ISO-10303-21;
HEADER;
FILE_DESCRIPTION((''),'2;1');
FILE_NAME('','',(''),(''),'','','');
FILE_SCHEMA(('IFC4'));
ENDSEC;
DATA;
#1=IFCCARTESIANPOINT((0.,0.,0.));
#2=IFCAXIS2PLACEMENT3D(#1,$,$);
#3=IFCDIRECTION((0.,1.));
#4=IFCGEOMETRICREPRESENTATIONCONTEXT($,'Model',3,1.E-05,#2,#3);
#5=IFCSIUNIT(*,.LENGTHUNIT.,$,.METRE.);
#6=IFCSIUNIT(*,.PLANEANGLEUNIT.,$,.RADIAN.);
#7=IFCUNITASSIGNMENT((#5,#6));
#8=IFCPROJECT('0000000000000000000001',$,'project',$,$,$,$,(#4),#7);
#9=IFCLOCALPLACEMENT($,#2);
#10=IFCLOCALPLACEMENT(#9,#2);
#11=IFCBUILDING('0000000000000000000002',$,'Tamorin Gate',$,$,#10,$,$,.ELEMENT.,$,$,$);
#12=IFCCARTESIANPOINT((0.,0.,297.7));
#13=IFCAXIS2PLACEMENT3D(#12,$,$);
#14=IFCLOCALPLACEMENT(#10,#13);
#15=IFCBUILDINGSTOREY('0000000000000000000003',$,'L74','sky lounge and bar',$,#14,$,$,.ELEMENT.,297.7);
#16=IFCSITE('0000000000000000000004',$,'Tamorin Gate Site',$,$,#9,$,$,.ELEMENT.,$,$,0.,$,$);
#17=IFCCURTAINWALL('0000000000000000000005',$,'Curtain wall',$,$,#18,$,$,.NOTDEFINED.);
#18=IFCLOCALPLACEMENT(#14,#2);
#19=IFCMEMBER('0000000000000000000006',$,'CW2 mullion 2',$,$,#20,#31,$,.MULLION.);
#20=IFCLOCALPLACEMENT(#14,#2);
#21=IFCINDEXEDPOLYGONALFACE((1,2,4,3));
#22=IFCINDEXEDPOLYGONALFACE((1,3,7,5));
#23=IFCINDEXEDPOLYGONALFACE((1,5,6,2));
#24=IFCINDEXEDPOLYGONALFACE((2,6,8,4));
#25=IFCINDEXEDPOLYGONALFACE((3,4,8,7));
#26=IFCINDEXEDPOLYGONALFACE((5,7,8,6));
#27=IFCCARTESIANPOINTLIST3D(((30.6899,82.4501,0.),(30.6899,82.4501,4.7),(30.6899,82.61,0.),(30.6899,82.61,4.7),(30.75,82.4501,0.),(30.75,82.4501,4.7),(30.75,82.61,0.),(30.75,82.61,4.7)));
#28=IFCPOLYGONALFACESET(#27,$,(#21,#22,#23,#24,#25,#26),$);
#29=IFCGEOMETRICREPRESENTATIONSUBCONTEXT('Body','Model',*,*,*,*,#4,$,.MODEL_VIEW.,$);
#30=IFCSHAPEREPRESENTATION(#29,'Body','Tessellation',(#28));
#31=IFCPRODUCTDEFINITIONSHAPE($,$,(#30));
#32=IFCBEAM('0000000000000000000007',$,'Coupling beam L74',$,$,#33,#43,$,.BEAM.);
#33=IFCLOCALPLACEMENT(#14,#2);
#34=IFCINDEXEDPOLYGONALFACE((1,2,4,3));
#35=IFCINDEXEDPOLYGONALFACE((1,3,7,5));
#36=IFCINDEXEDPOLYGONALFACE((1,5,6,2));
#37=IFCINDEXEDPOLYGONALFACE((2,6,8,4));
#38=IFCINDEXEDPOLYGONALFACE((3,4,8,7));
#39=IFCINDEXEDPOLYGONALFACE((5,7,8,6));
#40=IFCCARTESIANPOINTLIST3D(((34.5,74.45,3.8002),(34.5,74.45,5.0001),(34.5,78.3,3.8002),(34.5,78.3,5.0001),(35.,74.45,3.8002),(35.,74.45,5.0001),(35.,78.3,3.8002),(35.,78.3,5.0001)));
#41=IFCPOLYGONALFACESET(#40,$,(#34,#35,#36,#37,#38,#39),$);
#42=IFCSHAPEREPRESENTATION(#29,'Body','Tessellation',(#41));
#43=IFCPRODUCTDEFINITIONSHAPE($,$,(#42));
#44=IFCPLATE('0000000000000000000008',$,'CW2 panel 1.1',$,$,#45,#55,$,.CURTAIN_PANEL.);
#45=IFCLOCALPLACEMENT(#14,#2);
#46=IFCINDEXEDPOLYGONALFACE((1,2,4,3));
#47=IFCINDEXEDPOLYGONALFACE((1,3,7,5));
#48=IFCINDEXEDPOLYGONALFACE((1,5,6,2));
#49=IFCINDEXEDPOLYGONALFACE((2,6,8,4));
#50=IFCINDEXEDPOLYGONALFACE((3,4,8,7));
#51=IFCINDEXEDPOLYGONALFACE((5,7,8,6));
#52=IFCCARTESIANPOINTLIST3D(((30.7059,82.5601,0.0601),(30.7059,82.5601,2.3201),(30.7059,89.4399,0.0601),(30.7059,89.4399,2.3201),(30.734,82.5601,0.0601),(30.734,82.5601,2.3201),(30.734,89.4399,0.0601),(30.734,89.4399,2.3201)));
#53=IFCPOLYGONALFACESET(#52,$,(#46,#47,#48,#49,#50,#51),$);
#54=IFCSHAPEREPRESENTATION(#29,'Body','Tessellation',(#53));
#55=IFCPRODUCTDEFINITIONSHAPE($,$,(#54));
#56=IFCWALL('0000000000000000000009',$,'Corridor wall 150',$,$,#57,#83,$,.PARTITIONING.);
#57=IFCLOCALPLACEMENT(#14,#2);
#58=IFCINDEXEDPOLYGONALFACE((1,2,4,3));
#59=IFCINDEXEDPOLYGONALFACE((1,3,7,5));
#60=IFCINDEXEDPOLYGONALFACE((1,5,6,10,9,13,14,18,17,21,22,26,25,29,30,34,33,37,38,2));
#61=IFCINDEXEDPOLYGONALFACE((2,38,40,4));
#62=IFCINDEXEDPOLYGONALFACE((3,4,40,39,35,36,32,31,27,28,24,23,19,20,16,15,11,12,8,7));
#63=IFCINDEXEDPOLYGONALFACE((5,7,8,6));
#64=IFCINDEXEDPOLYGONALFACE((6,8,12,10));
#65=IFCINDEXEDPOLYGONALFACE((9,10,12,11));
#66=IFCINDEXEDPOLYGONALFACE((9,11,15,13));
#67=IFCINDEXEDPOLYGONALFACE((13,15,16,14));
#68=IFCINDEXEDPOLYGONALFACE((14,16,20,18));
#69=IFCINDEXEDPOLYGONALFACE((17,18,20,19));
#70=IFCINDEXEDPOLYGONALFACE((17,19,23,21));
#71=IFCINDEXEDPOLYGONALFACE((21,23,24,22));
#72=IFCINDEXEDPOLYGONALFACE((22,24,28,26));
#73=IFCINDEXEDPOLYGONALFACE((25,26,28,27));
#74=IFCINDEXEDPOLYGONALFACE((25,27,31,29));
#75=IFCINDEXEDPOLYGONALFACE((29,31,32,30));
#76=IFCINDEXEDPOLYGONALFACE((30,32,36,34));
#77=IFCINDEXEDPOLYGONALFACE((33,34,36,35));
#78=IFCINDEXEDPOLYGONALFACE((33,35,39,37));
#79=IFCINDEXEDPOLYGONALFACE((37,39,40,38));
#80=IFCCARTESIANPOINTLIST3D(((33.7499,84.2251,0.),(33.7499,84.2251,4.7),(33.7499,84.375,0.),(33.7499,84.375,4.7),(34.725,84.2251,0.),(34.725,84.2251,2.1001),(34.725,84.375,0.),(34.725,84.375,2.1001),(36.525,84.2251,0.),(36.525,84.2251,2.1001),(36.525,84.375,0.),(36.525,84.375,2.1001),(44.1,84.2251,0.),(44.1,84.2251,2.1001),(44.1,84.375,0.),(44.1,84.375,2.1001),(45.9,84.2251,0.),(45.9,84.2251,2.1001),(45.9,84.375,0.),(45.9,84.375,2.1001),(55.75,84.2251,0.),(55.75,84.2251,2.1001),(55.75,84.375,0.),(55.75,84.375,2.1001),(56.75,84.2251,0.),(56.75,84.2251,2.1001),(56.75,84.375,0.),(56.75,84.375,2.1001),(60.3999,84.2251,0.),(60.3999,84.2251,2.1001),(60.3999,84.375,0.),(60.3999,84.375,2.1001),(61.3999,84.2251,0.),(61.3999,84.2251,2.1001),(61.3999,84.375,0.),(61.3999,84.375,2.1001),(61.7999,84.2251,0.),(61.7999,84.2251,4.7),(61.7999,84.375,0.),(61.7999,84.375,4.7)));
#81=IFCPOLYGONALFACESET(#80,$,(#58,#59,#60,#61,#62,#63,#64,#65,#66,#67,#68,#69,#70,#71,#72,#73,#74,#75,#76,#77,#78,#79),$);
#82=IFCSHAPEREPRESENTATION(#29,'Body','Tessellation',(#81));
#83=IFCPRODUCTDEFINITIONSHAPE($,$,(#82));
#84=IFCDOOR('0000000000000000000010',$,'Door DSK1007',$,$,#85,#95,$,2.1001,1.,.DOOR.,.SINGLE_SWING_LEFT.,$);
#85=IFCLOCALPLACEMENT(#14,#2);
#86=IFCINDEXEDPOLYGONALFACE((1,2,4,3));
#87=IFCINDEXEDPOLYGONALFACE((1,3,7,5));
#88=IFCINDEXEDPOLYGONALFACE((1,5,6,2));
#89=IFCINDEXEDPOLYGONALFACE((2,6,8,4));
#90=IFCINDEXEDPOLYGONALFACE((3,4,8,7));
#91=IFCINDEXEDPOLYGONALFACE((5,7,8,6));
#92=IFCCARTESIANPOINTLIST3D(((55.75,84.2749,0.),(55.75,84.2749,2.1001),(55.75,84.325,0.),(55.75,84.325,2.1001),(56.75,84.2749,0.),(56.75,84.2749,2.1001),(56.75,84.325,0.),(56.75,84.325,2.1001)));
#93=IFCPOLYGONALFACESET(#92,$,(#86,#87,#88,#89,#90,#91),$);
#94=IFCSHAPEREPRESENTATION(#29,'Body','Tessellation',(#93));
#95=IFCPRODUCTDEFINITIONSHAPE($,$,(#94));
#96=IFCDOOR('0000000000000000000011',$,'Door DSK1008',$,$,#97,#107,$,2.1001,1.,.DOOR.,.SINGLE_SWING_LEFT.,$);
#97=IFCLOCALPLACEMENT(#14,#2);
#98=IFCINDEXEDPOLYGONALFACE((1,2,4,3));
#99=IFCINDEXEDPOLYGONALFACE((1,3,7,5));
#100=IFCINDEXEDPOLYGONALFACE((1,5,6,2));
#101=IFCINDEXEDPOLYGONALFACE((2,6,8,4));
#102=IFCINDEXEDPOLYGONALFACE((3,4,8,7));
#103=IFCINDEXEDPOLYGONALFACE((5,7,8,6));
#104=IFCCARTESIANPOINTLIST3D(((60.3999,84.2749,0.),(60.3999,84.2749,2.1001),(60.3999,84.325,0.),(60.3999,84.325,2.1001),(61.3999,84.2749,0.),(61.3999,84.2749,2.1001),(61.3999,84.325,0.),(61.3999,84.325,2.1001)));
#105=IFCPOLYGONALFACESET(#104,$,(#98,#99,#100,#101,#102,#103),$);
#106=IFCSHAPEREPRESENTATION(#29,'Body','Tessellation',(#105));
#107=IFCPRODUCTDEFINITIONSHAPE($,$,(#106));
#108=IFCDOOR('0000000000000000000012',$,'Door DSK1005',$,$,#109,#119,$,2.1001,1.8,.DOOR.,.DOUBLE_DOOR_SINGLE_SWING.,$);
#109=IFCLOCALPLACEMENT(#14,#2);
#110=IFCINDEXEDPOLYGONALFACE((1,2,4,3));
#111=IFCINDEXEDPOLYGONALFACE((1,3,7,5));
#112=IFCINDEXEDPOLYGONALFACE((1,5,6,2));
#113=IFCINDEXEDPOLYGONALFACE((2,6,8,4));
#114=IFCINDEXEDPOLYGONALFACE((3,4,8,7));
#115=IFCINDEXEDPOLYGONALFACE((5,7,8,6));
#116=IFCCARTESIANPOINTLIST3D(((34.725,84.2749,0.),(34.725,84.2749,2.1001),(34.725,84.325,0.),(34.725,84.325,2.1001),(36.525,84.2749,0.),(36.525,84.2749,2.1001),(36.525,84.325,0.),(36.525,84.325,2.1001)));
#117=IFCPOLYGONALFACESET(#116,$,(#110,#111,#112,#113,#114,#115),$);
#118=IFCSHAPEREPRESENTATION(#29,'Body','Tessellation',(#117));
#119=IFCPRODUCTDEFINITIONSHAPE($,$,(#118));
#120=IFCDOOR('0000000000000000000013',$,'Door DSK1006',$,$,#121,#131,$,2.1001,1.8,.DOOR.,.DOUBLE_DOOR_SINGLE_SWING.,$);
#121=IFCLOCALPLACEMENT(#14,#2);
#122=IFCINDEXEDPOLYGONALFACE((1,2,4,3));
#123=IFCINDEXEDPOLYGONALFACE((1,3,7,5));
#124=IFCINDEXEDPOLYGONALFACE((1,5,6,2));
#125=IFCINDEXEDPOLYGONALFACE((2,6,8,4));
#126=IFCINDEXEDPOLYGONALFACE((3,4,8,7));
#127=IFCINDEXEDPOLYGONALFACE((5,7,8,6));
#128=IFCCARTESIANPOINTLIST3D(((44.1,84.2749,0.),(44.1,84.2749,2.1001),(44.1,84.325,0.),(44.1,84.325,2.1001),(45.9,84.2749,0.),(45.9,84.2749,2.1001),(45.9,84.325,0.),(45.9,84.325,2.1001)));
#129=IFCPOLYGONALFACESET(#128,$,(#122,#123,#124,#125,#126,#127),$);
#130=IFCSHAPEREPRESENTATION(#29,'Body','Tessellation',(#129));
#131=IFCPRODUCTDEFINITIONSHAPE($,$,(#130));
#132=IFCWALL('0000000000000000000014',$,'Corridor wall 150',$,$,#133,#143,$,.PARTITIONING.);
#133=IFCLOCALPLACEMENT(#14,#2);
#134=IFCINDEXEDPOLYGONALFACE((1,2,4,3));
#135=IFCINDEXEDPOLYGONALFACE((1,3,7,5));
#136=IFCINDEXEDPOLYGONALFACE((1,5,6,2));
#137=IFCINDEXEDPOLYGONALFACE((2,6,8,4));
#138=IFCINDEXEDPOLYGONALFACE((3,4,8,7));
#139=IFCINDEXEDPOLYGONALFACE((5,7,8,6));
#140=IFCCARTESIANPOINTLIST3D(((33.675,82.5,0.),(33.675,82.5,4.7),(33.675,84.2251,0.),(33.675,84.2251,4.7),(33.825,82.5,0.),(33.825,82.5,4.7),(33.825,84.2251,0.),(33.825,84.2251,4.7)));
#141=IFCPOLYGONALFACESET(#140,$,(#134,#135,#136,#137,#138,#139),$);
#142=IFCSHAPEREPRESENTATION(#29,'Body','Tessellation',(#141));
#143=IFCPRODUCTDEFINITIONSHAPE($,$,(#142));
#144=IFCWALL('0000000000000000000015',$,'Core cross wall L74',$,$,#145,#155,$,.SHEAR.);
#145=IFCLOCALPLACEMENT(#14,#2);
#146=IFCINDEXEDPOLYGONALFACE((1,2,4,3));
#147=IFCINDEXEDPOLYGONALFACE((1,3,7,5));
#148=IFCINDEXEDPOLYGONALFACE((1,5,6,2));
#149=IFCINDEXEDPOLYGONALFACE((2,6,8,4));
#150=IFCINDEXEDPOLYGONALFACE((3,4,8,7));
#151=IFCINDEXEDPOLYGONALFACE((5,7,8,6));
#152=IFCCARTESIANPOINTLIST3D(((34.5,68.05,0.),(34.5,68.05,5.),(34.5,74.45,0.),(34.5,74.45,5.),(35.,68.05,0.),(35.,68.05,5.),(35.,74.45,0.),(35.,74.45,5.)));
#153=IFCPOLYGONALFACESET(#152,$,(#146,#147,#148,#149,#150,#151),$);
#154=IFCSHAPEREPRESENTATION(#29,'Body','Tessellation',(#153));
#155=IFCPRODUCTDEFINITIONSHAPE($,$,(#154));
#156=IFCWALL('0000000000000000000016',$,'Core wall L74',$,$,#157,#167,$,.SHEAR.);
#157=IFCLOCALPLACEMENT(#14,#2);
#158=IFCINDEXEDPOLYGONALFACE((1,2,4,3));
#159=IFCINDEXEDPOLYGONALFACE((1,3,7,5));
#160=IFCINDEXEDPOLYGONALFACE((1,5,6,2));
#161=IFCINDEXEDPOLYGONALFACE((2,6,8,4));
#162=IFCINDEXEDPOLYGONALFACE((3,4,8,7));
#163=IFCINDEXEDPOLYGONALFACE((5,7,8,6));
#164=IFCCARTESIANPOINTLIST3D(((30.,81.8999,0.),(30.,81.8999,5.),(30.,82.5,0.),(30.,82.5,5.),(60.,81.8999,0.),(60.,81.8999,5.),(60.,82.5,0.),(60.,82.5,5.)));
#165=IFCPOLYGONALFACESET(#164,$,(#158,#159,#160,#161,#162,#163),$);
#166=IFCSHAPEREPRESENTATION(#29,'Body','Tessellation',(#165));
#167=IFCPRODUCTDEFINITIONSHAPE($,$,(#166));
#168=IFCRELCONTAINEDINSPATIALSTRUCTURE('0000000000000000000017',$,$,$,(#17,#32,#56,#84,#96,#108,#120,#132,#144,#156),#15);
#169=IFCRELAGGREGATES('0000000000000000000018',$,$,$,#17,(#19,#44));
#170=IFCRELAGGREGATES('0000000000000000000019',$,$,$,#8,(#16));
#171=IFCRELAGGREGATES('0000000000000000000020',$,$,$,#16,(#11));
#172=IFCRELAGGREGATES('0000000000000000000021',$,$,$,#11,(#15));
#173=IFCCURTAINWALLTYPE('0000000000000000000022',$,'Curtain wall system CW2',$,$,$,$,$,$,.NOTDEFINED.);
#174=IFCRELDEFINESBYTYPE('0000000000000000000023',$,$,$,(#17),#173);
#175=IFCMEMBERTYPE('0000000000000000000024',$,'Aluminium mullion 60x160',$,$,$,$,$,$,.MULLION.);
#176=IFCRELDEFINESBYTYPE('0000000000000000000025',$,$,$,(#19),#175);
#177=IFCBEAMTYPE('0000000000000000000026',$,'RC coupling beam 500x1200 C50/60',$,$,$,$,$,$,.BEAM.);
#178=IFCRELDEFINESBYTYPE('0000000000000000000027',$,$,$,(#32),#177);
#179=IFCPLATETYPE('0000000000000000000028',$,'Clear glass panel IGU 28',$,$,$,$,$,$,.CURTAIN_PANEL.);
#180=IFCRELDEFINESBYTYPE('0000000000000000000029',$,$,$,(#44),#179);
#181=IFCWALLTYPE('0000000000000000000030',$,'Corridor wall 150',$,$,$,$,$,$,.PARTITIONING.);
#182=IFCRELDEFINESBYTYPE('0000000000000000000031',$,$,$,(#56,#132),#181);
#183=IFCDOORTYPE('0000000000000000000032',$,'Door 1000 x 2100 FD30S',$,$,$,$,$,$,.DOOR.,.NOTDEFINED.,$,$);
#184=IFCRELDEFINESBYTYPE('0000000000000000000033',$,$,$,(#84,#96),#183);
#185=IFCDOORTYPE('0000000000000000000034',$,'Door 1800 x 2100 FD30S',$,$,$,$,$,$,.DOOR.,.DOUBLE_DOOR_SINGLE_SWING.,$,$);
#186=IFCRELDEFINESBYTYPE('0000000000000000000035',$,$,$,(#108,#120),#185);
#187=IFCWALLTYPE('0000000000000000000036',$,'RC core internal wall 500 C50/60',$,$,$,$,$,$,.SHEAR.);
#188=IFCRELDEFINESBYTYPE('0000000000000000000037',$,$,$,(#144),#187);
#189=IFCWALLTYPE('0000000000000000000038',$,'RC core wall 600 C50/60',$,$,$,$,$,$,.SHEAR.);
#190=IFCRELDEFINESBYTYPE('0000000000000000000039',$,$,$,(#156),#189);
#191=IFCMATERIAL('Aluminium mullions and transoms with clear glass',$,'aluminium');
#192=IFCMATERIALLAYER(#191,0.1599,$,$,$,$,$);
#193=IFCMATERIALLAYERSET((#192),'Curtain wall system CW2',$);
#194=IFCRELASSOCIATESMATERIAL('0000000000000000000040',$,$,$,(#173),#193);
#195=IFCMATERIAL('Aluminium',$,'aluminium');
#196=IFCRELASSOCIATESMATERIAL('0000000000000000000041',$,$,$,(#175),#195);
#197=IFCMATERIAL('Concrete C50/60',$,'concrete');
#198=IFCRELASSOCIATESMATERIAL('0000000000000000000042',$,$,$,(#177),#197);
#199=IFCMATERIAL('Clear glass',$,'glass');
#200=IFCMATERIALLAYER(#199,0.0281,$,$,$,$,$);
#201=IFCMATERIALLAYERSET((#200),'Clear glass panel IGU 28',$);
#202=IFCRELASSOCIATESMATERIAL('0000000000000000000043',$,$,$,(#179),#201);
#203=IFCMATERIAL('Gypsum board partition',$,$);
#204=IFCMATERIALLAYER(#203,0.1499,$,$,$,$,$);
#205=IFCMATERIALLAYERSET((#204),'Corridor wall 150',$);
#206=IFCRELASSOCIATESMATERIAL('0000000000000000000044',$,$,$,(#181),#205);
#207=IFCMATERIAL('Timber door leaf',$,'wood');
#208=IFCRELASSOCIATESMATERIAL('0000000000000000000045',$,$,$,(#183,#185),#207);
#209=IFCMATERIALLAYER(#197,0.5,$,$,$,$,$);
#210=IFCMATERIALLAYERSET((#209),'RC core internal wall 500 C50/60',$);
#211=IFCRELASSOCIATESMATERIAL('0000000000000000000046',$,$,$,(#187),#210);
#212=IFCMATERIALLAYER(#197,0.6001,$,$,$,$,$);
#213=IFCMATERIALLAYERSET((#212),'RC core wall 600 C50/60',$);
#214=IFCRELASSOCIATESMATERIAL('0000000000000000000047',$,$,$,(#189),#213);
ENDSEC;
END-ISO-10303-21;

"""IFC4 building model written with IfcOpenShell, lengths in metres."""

from ifc_helpers import new_model, si_unit, direction, frame, frame_2d, origin, origin_2d, place, context, subcontext, project, spatial, rectangle, extrude, material, layer, layer_set, material_profile, profile_set, type_object, element, fill, aggregate, save


model = new_model("IFC4")

# Units and contexts
model_context = context("Model", 3, precision=1e-05, world=origin(), true_north=direction((0.0, 1.0)))
body_context = subcontext(model_context, "Body", "Model", "MODEL_VIEW")
ifc_project = project(units=[si_unit("LENGTHUNIT", "METRE"), si_unit("PLANEANGLEUNIT", "RADIAN")], contexts=[model_context])

# Site, building, storey
site_placement = place(None, origin())
site = spatial("IfcSite", under=ifc_project, at=site_placement, Name="Tamorin Gate Site", CompositionType="ELEMENT", RefElevation=0.0)
building_placement = place(site_placement, origin())
building = spatial("IfcBuilding", under=site, at=building_placement, Name="Tamorin Gate", CompositionType="ELEMENT")
storey_placement = place(building_placement, frame((0.0, 0.0, 297.7)))
storey = spatial("IfcBuildingStorey", under=building, at=storey_placement, Name="L74", Description="sky lounge and bar", CompositionType="ELEMENT", Elevation=297.7)

# Curtain wall, member
ifc_material_1 = material(Name="Aluminium mullions and transoms with clear glass", Category="aluminium")
ifc_layer_1 = layer(ifc_material_1, 0.1599)
ifc_layer_set_1 = layer_set([ifc_layer_1], Name="Curtain wall system CW2")
curtain_wall_type = type_object("IfcCurtainWallType", Name="Curtain wall system CW2", PredefinedType="NOTDEFINED", material=ifc_layer_set_1)
curtain_wall_placement = place(storey_placement, origin())
curtain_wall = element("IfcCurtainWall", 1, at=curtain_wall_placement, inside=storey, type_object=curtain_wall_type, Name="Curtain wall", PredefinedType="NOTDEFINED")
ifc_material_2 = material(Name="Aluminium", Category="aluminium")
ifc_material_profile_1 = material_profile(ifc_material_2, rectangle(XDim=0.0601, YDim=0.1599, at=origin_2d()), Name="RECT 60x160")
ifc_profile_set_1 = profile_set([ifc_material_profile_1], Name="Aluminium")
member_type = type_object("IfcMemberType", Name="Aluminium mullion 60x160", PredefinedType="MULLION", material=ifc_profile_set_1)
member_placement = place(storey_placement, frame((30.72, 82.53, 0.0), z_axis=(0.0, 0.0, 1.0), x_axis=(1.0, 0.0, 0.0)))
member = element("IfcMember", 2, at=member_placement, type_object=member_type, Name="CW2 mullion 2", PredefinedType="MULLION", context=body_context, shape_type="SweptSolid", body=[
    extrude(rectangle(XDim=0.0601, YDim=0.1599, at=origin_2d()), origin(), (0.0, 0.0, 1.0), 4.7),
])

# Beam
ifc_material_3 = material(Name="Concrete C50/60", Category="concrete")
ifc_material_profile_2 = material_profile(ifc_material_3, rectangle(XDim=0.5, YDim=1.2, at=origin_2d()), Name="RC 500x1200")
ifc_profile_set_2 = profile_set([ifc_material_profile_2], Name="Concrete C50/60")
beam_type = type_object("IfcBeamType", Name="RC coupling beam 500x1200 C50/60", PredefinedType="BEAM", material=ifc_profile_set_2)
beam_placement = place(storey_placement, frame((34.75, 74.45, 4.4001), z_axis=(0.0, 1.0, 0.0), x_axis=(-1.0, 0.0, 0.0)))
element("IfcBeam", 3, at=beam_placement, inside=storey, type_object=beam_type, Name="Coupling beam L74", PredefinedType="BEAM", context=body_context, shape_type="SweptSolid", body=[
    extrude(rectangle(XDim=0.5, YDim=1.2, at=origin_2d()), origin(), (0.0, 0.0, 1.0), 3.8501),
])

# Plate
ifc_material_4 = material(Name="Clear glass", Category="glass")
ifc_layer_2 = layer(ifc_material_4, 0.0281)
ifc_layer_set_2 = layer_set([ifc_layer_2], Name="Clear glass panel IGU 28")
plate_type = type_object("IfcPlateType", Name="Clear glass panel IGU 28", PredefinedType="CURTAIN_PANEL", material=ifc_layer_set_2)
plate_placement = place(storey_placement, frame((30.72, 86.0, 0.0601), z_axis=(0.0, 0.0, 1.0), x_axis=(0.0, -1.0, 0.0)))
plate = element("IfcPlate", 4, at=plate_placement, type_object=plate_type, Name="CW2 panel 1.1", PredefinedType="CURTAIN_PANEL", context=body_context, shape_type="SweptSolid", body=[
    extrude(rectangle(XDim=6.8799, YDim=0.0281, at=origin_2d()), origin(), (0.0, 0.0, 1.0), 2.26),
])
aggregate(curtain_wall, [member, plate])

# Wall, openings, doors
ifc_material_5 = material(Name="Gypsum board partition")
ifc_layer_3 = layer(ifc_material_5, 0.1499)
ifc_layer_set_3 = layer_set([ifc_layer_3], Name="Corridor wall 150")
wall_type_1 = type_object("IfcWallType", Name="Corridor wall 150", PredefinedType="PARTITIONING", material=ifc_layer_set_3)
wall_1_placement = place(storey_placement, frame((33.75, 84.3, 0.0), z_axis=(0.0, 0.0, 1.0), x_axis=(1.0, 0.0, 0.0)))
wall_1 = element("IfcWall", 5, at=wall_1_placement, inside=storey, type_object=wall_type_1, Name="Corridor wall 150", PredefinedType="PARTITIONING", context=body_context, shape_type="SweptSolid", body=[
    extrude(rectangle(XDim=28.05, YDim=0.1499, at=frame_2d((14.0249, 0.0))), origin(), (0.0, 0.0, 1.0), 4.7),
])
opening_1_placement = place(wall_1_placement, frame((0.9751, 0.0, 0.0)))
opening_1 = element("IfcOpeningElement", 6, at=opening_1_placement, cuts=wall_1, PredefinedType="OPENING", context=body_context, shape_type="SweptSolid", body=[
    extrude(rectangle(XDim=1.8, YDim=2.1001, at=frame_2d((0.8999, 1.05))), frame((0.0, 0.085, 0.0), z_axis=(0.0, -1.0, 0.0), x_axis=(1.0, 0.0, 0.0)), (0.0, 0.0, 1.0), 0.1699),
])
opening_2_placement = place(wall_1_placement, frame((10.3501, 0.0, 0.0)))
opening_2 = element("IfcOpeningElement", 7, at=opening_2_placement, cuts=wall_1, PredefinedType="OPENING", context=body_context, shape_type="SweptSolid", body=[
    extrude(rectangle(XDim=1.8, YDim=2.1001, at=frame_2d((0.8999, 1.05))), frame((0.0, 0.085, 0.0), z_axis=(0.0, -1.0, 0.0), x_axis=(1.0, 0.0, 0.0)), (0.0, 0.0, 1.0), 0.1699),
])
opening_3_placement = place(wall_1_placement, frame((22.0, 0.0, 0.0)))
opening_3 = element("IfcOpeningElement", 8, at=opening_3_placement, cuts=wall_1, PredefinedType="OPENING", context=body_context, shape_type="SweptSolid", body=[
    extrude(rectangle(XDim=1.0, YDim=2.1001, at=frame_2d((0.5, 1.05))), frame((0.0, 0.085, 0.0), z_axis=(0.0, -1.0, 0.0), x_axis=(1.0, 0.0, 0.0)), (0.0, 0.0, 1.0), 0.1699),
])
opening_4_placement = place(wall_1_placement, frame((26.6499, 0.0, 0.0)))
opening_4 = element("IfcOpeningElement", 9, at=opening_4_placement, cuts=wall_1, PredefinedType="OPENING", context=body_context, shape_type="SweptSolid", body=[
    extrude(rectangle(XDim=1.0, YDim=2.1001, at=frame_2d((0.5, 1.05))), frame((0.0, 0.085, 0.0), z_axis=(0.0, -1.0, 0.0), x_axis=(1.0, 0.0, 0.0)), (0.0, 0.0, 1.0), 0.1699),
])
ifc_material_6 = material(Name="Timber door leaf", Category="wood")
door_type_1 = type_object("IfcDoorType", Name="Door 1000 x 2100 FD30S", OperationType="NOTDEFINED", PredefinedType="DOOR", material=ifc_material_6)
door_1_placement = place(opening_3_placement, origin())
door_1 = element("IfcDoor", 10, at=door_1_placement, inside=storey, type_object=door_type_1, Name="Door DSK1007", OperationType="SINGLE_SWING_LEFT", OverallHeight=2.1001, OverallWidth=1.0, PredefinedType="DOOR", context=body_context, shape_type="SweptSolid", body=[
    extrude(rectangle(XDim=1.0, YDim=2.1001, at=frame_2d((0.5, 1.05))), frame((0.0, 0.0249, 0.0), z_axis=(0.0, -1.0, 0.0), x_axis=(1.0, 0.0, 0.0)), (0.0, 0.0, 1.0), 0.05),
])
fill(opening_3, door_1)
door_2_placement = place(opening_4_placement, origin())
door_2 = element("IfcDoor", 11, at=door_2_placement, inside=storey, type_object=door_type_1, Name="Door DSK1008", OperationType="SINGLE_SWING_LEFT", OverallHeight=2.1001, OverallWidth=1.0, PredefinedType="DOOR", context=body_context, shape_type="SweptSolid", body=[
    extrude(rectangle(XDim=1.0, YDim=2.1001, at=frame_2d((0.5, 1.05))), frame((0.0, 0.0249, 0.0), z_axis=(0.0, -1.0, 0.0), x_axis=(1.0, 0.0, 0.0)), (0.0, 0.0, 1.0), 0.05),
])
fill(opening_4, door_2)
door_type_2 = type_object("IfcDoorType", Name="Door 1800 x 2100 FD30S", OperationType="DOUBLE_DOOR_SINGLE_SWING", PredefinedType="DOOR", material=ifc_material_6)
door_3_placement = place(opening_1_placement, origin())
door_3 = element("IfcDoor", 12, at=door_3_placement, inside=storey, type_object=door_type_2, Name="Door DSK1005", OperationType="DOUBLE_DOOR_SINGLE_SWING", OverallHeight=2.1001, OverallWidth=1.8, PredefinedType="DOOR", context=body_context, shape_type="SweptSolid", body=[
    extrude(rectangle(XDim=1.8, YDim=2.1001, at=frame_2d((0.8999, 1.05))), frame((0.0, 0.0249, 0.0), z_axis=(0.0, -1.0, 0.0), x_axis=(1.0, 0.0, 0.0)), (0.0, 0.0, 1.0), 0.05),
])
fill(opening_1, door_3)
door_4_placement = place(opening_2_placement, origin())
door_4 = element("IfcDoor", 13, at=door_4_placement, inside=storey, type_object=door_type_2, Name="Door DSK1006", OperationType="DOUBLE_DOOR_SINGLE_SWING", OverallHeight=2.1001, OverallWidth=1.8, PredefinedType="DOOR", context=body_context, shape_type="SweptSolid", body=[
    extrude(rectangle(XDim=1.8, YDim=2.1001, at=frame_2d((0.8999, 1.05))), frame((0.0, 0.0249, 0.0), z_axis=(0.0, -1.0, 0.0), x_axis=(1.0, 0.0, 0.0)), (0.0, 0.0, 1.0), 0.05),
])
fill(opening_2, door_4)

# Walls
wall_2_placement = place(storey_placement, frame((33.75, 82.5, 0.0), z_axis=(0.0, 0.0, 1.0), x_axis=(0.0, 1.0, 0.0)))
element("IfcWall", 14, at=wall_2_placement, inside=storey, type_object=wall_type_1, Name="Corridor wall 150", PredefinedType="PARTITIONING", context=body_context, shape_type="SweptSolid", body=[
    extrude(rectangle(XDim=1.7251, YDim=0.1499, at=frame_2d((0.8625, 0.0))), origin(), (0.0, 0.0, 1.0), 4.7),
])
ifc_layer_4 = layer(ifc_material_3, 0.5)
ifc_layer_set_4 = layer_set([ifc_layer_4], Name="RC core internal wall 500 C50/60")
wall_type_2 = type_object("IfcWallType", Name="RC core internal wall 500 C50/60", PredefinedType="SHEAR", material=ifc_layer_set_4)
wall_3_placement = place(storey_placement, frame((34.75, 68.05, 0.0), z_axis=(0.0, 0.0, 1.0), x_axis=(0.0, 1.0, 0.0)))
element("IfcWall", 15, at=wall_3_placement, inside=storey, type_object=wall_type_2, Name="Core cross wall L74", PredefinedType="SHEAR", context=body_context, shape_type="SweptSolid", body=[
    extrude(rectangle(XDim=6.3999, YDim=0.5, at=frame_2d((3.2, 0.0))), origin(), (0.0, 0.0, 1.0), 5.0),
])
ifc_layer_5 = layer(ifc_material_3, 0.6001)
ifc_layer_set_5 = layer_set([ifc_layer_5], Name="RC core wall 600 C50/60")
wall_type_3 = type_object("IfcWallType", Name="RC core wall 600 C50/60", PredefinedType="SHEAR", material=ifc_layer_set_5)
wall_4_placement = place(storey_placement, frame((30.0, 82.2, 0.0), z_axis=(0.0, 0.0, 1.0), x_axis=(1.0, 0.0, 0.0)))
element("IfcWall", 16, at=wall_4_placement, inside=storey, type_object=wall_type_3, Name="Core wall L74", PredefinedType="SHEAR", context=body_context, shape_type="SweptSolid", body=[
    extrude(rectangle(XDim=30.0, YDim=0.6001, at=frame_2d((15.0, 0.0))), origin(), (0.0, 0.0, 1.0), 5.0),
])

save(model, "model.ifc")
